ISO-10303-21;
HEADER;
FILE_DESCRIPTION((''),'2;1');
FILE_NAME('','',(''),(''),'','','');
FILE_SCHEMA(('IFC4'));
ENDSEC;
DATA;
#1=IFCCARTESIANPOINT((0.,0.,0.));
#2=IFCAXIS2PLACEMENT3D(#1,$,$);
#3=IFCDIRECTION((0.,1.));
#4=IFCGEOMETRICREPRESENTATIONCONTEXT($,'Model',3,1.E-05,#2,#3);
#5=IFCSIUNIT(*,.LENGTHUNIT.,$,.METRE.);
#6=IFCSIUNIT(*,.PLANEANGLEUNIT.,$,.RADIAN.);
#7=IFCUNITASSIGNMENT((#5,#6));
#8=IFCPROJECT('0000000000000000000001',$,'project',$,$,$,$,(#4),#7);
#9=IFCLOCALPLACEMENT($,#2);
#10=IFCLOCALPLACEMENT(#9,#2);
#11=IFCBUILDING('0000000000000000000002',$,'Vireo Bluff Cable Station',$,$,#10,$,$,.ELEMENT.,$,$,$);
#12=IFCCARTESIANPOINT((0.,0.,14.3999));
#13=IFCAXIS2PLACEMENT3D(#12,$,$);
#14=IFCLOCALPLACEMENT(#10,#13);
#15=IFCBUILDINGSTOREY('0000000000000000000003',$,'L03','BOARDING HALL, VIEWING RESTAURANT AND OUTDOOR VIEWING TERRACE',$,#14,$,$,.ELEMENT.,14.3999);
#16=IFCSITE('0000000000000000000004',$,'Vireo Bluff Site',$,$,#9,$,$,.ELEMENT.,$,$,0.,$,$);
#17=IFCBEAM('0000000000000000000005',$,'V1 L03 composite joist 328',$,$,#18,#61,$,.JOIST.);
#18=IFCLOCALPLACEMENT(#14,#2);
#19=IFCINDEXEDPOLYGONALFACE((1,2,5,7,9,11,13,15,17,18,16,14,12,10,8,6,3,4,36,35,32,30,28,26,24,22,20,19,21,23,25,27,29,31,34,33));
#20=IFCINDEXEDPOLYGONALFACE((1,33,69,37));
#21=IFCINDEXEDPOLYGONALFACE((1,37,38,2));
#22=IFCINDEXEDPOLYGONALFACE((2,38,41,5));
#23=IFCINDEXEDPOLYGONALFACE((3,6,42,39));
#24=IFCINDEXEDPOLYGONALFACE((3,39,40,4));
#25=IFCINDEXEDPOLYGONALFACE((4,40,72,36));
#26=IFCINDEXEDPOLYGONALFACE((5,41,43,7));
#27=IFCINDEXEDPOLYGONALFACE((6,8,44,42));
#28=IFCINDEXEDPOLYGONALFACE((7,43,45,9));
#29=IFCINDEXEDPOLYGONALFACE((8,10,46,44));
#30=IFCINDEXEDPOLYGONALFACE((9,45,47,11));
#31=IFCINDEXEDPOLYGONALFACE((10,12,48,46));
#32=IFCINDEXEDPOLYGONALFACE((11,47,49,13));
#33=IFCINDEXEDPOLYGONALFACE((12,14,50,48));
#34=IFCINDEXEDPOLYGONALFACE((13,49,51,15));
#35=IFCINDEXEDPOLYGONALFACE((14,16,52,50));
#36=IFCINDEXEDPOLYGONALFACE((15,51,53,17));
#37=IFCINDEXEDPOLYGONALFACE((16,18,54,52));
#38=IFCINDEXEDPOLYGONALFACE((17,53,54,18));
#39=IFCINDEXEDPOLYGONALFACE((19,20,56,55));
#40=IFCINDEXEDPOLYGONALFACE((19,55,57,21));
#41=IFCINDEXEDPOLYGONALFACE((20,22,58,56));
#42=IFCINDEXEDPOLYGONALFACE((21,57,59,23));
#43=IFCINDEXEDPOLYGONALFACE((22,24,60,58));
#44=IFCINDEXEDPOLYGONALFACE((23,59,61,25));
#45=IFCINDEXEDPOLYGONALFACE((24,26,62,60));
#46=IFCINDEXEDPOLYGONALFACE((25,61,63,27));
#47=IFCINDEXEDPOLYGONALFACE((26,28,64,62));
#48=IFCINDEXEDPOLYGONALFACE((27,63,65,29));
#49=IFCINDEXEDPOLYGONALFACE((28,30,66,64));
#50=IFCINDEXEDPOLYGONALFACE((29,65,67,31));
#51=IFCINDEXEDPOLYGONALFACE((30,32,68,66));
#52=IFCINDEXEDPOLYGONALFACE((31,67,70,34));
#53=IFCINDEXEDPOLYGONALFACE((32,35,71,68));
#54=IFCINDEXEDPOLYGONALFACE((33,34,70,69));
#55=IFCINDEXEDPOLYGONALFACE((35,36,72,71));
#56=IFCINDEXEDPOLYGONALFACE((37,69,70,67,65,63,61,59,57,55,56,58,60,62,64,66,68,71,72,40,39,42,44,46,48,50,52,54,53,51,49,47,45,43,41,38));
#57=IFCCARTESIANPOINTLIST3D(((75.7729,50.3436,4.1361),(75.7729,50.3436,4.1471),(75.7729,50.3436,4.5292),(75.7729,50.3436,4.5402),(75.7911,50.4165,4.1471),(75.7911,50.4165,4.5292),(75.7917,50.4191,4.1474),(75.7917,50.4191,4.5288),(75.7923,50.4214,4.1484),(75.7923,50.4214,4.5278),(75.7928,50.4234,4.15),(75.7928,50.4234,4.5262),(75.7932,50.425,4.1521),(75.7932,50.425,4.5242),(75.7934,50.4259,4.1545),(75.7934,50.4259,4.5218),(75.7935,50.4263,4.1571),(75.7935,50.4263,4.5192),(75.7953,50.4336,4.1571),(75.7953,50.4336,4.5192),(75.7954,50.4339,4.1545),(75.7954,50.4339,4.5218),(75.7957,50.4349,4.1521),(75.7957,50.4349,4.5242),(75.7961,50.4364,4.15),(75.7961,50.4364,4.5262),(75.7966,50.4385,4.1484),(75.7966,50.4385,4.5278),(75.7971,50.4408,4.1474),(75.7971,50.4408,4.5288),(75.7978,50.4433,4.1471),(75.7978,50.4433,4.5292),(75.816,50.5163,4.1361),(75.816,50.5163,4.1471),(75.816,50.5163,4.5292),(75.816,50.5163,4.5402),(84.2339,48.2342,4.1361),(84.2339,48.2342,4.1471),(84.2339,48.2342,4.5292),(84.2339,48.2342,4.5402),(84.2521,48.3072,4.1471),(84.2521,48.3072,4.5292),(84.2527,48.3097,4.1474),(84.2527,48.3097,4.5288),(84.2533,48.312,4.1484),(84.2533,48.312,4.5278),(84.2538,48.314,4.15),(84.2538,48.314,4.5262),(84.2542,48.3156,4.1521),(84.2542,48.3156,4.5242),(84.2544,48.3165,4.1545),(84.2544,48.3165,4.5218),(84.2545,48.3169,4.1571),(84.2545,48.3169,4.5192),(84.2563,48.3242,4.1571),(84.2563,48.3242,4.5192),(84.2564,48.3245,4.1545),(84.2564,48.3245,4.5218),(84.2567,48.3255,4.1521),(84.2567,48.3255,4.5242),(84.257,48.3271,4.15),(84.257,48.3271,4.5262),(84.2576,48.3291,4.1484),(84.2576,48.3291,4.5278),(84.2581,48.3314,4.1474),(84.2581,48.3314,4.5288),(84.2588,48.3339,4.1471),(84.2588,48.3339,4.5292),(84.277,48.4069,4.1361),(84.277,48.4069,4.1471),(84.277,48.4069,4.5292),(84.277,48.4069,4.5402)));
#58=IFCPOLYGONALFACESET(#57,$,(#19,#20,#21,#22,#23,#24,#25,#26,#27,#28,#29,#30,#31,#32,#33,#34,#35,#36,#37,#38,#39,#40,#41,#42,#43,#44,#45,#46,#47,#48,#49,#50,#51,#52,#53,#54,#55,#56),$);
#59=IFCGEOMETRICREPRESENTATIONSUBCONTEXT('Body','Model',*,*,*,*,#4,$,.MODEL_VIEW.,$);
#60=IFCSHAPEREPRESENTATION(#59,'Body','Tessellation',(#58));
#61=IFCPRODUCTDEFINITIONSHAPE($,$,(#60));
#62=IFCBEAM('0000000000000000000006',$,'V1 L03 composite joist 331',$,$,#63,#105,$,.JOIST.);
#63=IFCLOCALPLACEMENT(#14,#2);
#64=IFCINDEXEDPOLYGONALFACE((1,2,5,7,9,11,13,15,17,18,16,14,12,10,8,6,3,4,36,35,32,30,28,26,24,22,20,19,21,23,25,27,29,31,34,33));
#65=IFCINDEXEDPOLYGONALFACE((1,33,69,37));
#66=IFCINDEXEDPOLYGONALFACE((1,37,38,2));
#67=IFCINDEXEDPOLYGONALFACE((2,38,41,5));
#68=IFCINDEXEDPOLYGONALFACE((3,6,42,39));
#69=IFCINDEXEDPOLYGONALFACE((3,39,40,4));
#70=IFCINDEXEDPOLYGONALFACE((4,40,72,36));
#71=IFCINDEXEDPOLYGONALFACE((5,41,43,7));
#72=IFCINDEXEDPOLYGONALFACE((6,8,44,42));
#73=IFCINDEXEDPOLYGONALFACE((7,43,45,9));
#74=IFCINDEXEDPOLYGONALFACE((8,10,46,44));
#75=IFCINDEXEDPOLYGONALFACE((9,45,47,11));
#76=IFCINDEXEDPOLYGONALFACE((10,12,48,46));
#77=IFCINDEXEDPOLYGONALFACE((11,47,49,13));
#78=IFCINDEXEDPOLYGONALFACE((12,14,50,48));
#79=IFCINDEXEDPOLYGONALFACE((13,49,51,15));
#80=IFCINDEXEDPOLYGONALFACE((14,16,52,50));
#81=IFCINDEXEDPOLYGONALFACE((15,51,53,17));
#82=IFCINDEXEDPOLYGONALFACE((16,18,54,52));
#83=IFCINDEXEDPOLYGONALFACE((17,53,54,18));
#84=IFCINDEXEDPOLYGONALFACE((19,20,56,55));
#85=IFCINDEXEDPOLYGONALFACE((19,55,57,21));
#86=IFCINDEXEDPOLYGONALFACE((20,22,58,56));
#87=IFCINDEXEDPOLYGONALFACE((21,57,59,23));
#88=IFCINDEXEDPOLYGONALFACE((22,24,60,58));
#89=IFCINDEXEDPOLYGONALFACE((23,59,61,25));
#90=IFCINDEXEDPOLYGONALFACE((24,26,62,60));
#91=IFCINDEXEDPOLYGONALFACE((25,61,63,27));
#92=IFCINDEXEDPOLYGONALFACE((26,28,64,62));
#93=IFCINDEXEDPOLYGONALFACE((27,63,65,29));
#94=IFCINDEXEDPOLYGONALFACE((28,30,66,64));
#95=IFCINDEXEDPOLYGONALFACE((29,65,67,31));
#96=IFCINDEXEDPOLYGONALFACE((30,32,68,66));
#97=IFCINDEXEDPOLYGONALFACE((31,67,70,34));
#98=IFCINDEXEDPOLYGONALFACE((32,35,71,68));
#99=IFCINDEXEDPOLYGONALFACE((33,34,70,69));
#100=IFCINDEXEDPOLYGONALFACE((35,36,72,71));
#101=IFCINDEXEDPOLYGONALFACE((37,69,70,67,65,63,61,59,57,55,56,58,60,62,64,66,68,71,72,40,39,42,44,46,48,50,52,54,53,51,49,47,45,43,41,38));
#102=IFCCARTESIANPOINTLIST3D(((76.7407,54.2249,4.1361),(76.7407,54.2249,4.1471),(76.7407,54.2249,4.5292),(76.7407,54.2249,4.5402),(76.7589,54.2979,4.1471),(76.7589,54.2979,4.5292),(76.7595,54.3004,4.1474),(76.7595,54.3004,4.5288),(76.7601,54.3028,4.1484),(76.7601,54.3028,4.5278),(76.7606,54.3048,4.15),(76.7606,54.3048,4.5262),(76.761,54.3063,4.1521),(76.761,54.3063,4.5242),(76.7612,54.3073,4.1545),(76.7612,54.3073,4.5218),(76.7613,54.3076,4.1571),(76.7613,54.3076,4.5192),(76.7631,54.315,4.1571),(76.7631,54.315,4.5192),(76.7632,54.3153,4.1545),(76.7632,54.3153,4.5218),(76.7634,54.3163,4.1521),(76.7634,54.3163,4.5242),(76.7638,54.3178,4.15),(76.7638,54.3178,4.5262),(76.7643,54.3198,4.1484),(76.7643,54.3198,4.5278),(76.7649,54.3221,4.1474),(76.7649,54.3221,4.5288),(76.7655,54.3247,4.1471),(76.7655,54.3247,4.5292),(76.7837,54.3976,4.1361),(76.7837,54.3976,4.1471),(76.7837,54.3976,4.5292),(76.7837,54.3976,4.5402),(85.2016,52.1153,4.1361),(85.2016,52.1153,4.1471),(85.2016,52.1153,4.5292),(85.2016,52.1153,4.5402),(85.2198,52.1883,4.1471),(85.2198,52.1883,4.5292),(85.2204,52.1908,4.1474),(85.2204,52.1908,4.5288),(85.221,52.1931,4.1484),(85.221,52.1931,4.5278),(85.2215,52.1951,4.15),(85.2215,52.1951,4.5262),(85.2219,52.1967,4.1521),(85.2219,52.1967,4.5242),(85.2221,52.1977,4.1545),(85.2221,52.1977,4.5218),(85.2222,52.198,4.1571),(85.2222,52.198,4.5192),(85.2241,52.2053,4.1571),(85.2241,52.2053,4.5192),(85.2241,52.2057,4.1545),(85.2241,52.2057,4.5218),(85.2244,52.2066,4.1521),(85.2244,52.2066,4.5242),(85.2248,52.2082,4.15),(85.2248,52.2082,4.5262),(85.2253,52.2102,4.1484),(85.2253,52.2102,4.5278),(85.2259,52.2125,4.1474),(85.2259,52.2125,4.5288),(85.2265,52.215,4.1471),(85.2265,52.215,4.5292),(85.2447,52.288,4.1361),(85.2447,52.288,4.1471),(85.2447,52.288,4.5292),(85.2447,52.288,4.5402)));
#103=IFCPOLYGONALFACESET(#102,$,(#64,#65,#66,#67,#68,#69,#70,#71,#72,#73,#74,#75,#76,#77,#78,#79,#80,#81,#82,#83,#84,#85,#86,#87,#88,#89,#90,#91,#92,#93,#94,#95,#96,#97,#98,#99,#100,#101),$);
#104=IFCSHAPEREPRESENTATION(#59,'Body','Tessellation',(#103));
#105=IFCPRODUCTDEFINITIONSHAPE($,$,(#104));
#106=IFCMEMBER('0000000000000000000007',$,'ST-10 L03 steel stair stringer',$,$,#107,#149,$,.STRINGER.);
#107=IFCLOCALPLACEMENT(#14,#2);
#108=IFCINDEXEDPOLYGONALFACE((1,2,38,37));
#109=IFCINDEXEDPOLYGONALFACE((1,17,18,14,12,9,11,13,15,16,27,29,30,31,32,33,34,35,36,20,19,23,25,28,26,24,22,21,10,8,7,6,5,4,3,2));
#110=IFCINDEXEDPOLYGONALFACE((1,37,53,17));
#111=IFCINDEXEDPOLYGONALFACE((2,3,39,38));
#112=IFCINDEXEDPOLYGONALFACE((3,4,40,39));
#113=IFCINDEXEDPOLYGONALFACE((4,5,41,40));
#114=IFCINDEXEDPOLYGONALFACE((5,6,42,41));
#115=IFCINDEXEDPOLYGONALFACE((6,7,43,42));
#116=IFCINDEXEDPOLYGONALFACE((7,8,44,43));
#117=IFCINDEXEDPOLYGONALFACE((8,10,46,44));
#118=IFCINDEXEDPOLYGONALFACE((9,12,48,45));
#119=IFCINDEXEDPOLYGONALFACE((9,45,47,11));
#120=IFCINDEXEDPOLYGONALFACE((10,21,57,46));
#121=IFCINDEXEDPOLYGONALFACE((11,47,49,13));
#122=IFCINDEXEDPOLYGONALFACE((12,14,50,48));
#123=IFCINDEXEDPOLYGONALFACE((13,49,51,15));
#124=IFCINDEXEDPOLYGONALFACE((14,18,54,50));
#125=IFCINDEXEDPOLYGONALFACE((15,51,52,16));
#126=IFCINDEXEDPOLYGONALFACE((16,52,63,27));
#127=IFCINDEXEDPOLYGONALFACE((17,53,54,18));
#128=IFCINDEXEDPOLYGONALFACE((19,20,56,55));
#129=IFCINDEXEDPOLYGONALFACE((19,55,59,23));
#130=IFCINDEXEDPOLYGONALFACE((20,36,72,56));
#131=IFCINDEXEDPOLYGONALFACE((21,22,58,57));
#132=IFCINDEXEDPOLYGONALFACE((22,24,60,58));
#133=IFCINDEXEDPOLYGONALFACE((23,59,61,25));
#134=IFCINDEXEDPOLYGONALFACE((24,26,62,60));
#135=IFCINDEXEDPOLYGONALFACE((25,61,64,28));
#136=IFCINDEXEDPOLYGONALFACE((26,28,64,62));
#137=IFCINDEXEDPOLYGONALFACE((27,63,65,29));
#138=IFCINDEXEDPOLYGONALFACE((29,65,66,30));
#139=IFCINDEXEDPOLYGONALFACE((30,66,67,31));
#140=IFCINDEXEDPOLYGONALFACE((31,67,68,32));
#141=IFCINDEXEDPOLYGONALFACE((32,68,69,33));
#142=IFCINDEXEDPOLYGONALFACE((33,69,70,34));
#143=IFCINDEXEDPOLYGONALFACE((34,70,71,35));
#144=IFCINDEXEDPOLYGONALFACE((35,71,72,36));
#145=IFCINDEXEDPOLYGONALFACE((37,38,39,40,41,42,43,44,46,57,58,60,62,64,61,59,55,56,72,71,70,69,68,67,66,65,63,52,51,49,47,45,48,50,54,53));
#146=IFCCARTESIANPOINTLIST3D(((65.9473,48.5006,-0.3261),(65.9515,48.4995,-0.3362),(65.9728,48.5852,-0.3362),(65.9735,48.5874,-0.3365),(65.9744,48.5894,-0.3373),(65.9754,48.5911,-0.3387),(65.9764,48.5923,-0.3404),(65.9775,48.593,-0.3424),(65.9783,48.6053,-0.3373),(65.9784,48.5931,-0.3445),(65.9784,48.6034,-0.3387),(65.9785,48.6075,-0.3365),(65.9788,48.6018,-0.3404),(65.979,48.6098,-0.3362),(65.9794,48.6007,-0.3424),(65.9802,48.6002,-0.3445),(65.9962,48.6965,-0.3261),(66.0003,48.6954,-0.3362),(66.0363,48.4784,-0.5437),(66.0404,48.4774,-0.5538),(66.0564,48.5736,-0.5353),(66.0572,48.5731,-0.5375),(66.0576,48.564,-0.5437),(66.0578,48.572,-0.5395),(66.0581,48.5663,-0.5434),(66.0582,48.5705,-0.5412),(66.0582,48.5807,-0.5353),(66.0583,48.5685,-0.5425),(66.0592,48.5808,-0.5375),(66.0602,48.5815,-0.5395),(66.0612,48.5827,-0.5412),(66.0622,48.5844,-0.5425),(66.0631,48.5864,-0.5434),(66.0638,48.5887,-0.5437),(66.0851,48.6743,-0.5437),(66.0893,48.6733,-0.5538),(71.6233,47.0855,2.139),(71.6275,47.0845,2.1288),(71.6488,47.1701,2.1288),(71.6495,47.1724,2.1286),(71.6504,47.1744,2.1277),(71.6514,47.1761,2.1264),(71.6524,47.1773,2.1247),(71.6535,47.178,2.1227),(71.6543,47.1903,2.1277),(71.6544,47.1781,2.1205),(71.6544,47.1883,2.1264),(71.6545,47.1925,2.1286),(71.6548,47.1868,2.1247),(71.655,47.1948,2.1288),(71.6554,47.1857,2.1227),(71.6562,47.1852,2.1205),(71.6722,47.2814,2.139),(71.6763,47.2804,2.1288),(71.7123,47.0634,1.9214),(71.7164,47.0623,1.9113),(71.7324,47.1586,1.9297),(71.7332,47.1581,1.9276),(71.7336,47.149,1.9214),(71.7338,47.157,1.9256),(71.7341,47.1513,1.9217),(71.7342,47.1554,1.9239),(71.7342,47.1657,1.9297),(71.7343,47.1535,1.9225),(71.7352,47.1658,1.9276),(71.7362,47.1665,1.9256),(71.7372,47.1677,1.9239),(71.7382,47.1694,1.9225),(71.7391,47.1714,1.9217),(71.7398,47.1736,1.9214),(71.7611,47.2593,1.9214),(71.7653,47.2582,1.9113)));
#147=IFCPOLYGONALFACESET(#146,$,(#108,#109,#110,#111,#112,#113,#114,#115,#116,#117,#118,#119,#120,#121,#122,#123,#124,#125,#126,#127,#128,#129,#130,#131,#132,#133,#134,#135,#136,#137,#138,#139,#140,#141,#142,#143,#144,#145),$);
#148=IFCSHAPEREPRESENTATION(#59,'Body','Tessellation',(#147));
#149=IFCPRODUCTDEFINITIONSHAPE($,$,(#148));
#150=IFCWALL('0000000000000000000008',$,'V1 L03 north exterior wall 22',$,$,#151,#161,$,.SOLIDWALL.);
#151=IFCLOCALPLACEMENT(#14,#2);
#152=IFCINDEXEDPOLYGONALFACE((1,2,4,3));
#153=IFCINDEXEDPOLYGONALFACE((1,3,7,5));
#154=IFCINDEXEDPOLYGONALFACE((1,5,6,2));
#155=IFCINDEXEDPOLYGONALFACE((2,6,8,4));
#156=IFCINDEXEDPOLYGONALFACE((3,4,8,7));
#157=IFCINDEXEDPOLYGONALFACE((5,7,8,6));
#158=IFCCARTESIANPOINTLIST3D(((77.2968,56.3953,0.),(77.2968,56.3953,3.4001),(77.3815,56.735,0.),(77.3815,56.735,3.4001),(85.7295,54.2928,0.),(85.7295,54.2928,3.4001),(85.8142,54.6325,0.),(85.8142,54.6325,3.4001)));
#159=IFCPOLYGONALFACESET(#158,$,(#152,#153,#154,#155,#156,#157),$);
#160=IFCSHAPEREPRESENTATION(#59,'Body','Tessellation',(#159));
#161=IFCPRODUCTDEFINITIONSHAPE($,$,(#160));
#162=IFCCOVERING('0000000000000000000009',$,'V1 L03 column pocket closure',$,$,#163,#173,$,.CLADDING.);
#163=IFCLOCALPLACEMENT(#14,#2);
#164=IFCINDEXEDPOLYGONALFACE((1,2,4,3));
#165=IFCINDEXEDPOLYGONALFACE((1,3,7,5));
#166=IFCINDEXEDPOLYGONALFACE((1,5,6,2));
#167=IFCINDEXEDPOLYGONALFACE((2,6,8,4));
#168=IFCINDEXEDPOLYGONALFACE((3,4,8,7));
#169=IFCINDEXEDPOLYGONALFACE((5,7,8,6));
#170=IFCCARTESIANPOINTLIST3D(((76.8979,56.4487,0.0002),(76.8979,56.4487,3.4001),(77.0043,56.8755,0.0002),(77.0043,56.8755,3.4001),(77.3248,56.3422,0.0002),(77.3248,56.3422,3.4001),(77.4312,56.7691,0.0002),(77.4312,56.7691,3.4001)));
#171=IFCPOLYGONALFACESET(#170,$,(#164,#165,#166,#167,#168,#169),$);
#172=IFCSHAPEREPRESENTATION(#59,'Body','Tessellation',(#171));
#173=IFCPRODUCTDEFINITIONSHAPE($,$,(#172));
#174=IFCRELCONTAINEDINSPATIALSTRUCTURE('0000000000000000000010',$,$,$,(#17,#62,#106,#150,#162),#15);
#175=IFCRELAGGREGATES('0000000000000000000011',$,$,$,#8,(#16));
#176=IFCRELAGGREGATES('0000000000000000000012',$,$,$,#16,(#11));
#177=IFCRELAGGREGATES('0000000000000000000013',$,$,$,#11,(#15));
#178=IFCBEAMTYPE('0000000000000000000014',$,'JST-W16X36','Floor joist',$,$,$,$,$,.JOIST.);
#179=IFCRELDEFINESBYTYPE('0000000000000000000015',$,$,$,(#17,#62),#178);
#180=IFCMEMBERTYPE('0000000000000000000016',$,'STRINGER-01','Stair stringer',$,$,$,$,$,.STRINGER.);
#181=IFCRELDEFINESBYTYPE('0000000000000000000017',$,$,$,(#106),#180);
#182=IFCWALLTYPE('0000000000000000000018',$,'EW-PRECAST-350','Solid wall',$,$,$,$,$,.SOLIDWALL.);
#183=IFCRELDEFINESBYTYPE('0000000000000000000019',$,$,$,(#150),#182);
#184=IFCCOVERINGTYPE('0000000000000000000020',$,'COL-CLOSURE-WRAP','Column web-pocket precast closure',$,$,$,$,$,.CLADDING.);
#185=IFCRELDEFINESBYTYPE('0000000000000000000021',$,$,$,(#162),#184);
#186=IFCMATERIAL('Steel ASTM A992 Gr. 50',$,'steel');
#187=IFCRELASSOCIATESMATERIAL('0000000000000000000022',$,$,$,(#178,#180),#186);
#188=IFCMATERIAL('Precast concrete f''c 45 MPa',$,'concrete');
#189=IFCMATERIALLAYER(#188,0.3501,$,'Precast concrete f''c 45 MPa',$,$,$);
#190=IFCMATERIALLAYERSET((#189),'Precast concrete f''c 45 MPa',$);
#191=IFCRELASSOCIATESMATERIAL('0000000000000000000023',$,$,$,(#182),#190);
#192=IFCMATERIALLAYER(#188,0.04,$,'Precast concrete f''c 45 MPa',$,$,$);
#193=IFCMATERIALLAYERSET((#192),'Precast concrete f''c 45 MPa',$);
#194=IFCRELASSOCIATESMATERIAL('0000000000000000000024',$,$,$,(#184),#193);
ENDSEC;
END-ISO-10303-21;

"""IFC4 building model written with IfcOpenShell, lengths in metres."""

from ifc_helpers import new_model, si_unit, direction, frame, frame_2d, origin, origin_2d, place, context, subcontext, project, spatial, rectangle, i_section, extrude, material, layer, layer_set, material_profile, profile_set, type_object, element, save


model = new_model("IFC4")

# Units and contexts
model_context = context("Model", 3, precision=1e-05, world=origin(), true_north=direction((0.0, 1.0)))
body_context = subcontext(model_context, "Body", "Model", "MODEL_VIEW")
ifc_project = project(units=[si_unit("LENGTHUNIT", "METRE"), si_unit("PLANEANGLEUNIT", "RADIAN")], contexts=[model_context])

# Site, building, storey
site_placement = place(None, origin())
site = spatial("IfcSite", under=ifc_project, at=site_placement, Name="Vireo Bluff Site", CompositionType="ELEMENT", RefElevation=0.0)
building_placement = place(site_placement, origin())
building = spatial("IfcBuilding", under=site, at=building_placement, Name="Vireo Bluff Cable Station", CompositionType="ELEMENT")
storey_placement = place(building_placement, frame((0.0, 0.0, 14.3999)))
storey = spatial("IfcBuildingStorey", under=building, at=storey_placement, Name="L03", Description="BOARDING HALL, VIEWING RESTAURANT AND OUTDOOR VIEWING TERRACE", CompositionType="ELEMENT", Elevation=14.3999)

# Shared definitions
ifc_material_1 = material(Name="Steel ASTM A992 Gr. 50", Category="steel")

# Beams
ifc_material_profile_1 = material_profile(ifc_material_1, i_section(OverallWidth=0.178, OverallDepth=0.4041, WebThickness=0.0076, FlangeThickness=0.011, FilletRadius=0.01, at=origin_2d()), Name="W16X36")
ifc_profile_set_1 = profile_set([ifc_material_profile_1], Name="Steel ASTM A992 Gr. 50")
beam_type_1 = type_object("IfcBeamType", Name="JST-W16X36", Description="Floor joist", PredefinedType="JOIST", material=ifc_profile_set_1)
for number, where, z_axis, x_axis, name in (
    (1, (75.7944, 50.4299, 4.3381), (0.9703, -0.241903, 0.0), (0.241903, 0.9703, 0.0), "V1 L03 composite joist 328"),
    (2, (76.7622, 54.3113, 4.3381), (0.970294, -0.24193, 0.0), (0.24193, 0.970294, 0.0), "V1 L03 composite joist 331"),
):
    element("IfcBeam", number, at=place(storey_placement, frame(where, z_axis=z_axis, x_axis=x_axis)), inside=storey, type_object=beam_type_1, Name=name, PredefinedType="JOIST", context=body_context, shape_type="SweptSolid", body=[
        extrude(i_section(OverallWidth=0.178, OverallDepth=0.4041, WebThickness=0.0076, FlangeThickness=0.011, FilletRadius=0.01, at=origin_2d()), origin(), (0.0, 0.0, 1.0), 8.72),
    ])

# Member
ifc_material_profile_2 = material_profile(ifc_material_1, i_section(OverallWidth=0.2019, OverallDepth=0.2471, WebThickness=0.0073, FlangeThickness=0.011, FilletRadius=0.009, at=origin_2d()), Name="W10X33")
ifc_profile_set_2 = profile_set([ifc_material_profile_2], Name="Steel ASTM A992 Gr. 50")
member_type = type_object("IfcMemberType", Name="STRINGER-01", Description="Stair stringer", PredefinedType="STRINGER", material=ifc_profile_set_2)
member_placement = place(storey_placement, frame((66.0183, 48.5869, -0.4399), z_axis=(0.894153, -0.222913, 0.388329), x_axis=(0.241897, 0.970302, 0.0)))
element("IfcMember", 3, at=member_placement, inside=storey, type_object=member_type, Name="ST-10 L03 steel stair stringer", PredefinedType="STRINGER", context=body_context, shape_type="SweptSolid", body=[
    extrude(i_section(OverallWidth=0.2019, OverallDepth=0.2471, WebThickness=0.0073, FlangeThickness=0.011, FilletRadius=0.009, at=origin_2d()), origin(), (0.0, 0.0, 1.0), 6.3479),
])

# Wall
ifc_material_2 = material(Name="Precast concrete f'c 45 MPa", Category="concrete")
ifc_layer_1 = layer(ifc_material_2, 0.3501, Name="Precast concrete f'c 45 MPa")
ifc_layer_set_1 = layer_set([ifc_layer_1], Name="Precast concrete f'c 45 MPa")
wall_type = type_object("IfcWallType", Name="EW-PRECAST-350", Description="Solid wall", PredefinedType="SOLIDWALL", material=ifc_layer_set_1)
wall_placement = place(storey_placement, frame((77.3391, 56.5652, 0.0), z_axis=(0.0, 0.0, 1.0), x_axis=(0.970296, -0.241921, 0.0)))
element("IfcWall", 4, at=wall_placement, inside=storey, type_object=wall_type, Name="V1 L03 north exterior wall 22", PredefinedType="SOLIDWALL", context=body_context, shape_type="SweptSolid", body=[
    extrude(rectangle(XDim=8.6909, YDim=0.3501, at=frame_2d((4.3455, 0.0))), origin(), (0.0, 0.0, 1.0), 3.4001),
])

# Covering
ifc_layer_2 = layer(ifc_material_2, 0.04, Name="Precast concrete f'c 45 MPa")
ifc_layer_set_2 = layer_set([ifc_layer_2], Name="Precast concrete f'c 45 MPa")
covering_type = type_object("IfcCoveringType", Name="COL-CLOSURE-WRAP", Description="Column web-pocket precast closure", PredefinedType="CLADDING", material=ifc_layer_set_2)
covering_placement = place(storey_placement, frame((77.1646, 56.6089, 0.0002), z_axis=(0.0, 0.0, 1.0), x_axis=(0.970296, -0.241922, 0.0)))
element("IfcCovering", 5, at=covering_placement, inside=storey, type_object=covering_type, Name="V1 L03 column pocket closure", PredefinedType="CLADDING", context=body_context, shape_type="SweptSolid", body=[
    extrude(rectangle(XDim=0.4399, YDim=0.4399, at=origin_2d()), origin(), (0.0, 0.0, 1.0), 3.3999),
])

save(model, "model.ifc")
